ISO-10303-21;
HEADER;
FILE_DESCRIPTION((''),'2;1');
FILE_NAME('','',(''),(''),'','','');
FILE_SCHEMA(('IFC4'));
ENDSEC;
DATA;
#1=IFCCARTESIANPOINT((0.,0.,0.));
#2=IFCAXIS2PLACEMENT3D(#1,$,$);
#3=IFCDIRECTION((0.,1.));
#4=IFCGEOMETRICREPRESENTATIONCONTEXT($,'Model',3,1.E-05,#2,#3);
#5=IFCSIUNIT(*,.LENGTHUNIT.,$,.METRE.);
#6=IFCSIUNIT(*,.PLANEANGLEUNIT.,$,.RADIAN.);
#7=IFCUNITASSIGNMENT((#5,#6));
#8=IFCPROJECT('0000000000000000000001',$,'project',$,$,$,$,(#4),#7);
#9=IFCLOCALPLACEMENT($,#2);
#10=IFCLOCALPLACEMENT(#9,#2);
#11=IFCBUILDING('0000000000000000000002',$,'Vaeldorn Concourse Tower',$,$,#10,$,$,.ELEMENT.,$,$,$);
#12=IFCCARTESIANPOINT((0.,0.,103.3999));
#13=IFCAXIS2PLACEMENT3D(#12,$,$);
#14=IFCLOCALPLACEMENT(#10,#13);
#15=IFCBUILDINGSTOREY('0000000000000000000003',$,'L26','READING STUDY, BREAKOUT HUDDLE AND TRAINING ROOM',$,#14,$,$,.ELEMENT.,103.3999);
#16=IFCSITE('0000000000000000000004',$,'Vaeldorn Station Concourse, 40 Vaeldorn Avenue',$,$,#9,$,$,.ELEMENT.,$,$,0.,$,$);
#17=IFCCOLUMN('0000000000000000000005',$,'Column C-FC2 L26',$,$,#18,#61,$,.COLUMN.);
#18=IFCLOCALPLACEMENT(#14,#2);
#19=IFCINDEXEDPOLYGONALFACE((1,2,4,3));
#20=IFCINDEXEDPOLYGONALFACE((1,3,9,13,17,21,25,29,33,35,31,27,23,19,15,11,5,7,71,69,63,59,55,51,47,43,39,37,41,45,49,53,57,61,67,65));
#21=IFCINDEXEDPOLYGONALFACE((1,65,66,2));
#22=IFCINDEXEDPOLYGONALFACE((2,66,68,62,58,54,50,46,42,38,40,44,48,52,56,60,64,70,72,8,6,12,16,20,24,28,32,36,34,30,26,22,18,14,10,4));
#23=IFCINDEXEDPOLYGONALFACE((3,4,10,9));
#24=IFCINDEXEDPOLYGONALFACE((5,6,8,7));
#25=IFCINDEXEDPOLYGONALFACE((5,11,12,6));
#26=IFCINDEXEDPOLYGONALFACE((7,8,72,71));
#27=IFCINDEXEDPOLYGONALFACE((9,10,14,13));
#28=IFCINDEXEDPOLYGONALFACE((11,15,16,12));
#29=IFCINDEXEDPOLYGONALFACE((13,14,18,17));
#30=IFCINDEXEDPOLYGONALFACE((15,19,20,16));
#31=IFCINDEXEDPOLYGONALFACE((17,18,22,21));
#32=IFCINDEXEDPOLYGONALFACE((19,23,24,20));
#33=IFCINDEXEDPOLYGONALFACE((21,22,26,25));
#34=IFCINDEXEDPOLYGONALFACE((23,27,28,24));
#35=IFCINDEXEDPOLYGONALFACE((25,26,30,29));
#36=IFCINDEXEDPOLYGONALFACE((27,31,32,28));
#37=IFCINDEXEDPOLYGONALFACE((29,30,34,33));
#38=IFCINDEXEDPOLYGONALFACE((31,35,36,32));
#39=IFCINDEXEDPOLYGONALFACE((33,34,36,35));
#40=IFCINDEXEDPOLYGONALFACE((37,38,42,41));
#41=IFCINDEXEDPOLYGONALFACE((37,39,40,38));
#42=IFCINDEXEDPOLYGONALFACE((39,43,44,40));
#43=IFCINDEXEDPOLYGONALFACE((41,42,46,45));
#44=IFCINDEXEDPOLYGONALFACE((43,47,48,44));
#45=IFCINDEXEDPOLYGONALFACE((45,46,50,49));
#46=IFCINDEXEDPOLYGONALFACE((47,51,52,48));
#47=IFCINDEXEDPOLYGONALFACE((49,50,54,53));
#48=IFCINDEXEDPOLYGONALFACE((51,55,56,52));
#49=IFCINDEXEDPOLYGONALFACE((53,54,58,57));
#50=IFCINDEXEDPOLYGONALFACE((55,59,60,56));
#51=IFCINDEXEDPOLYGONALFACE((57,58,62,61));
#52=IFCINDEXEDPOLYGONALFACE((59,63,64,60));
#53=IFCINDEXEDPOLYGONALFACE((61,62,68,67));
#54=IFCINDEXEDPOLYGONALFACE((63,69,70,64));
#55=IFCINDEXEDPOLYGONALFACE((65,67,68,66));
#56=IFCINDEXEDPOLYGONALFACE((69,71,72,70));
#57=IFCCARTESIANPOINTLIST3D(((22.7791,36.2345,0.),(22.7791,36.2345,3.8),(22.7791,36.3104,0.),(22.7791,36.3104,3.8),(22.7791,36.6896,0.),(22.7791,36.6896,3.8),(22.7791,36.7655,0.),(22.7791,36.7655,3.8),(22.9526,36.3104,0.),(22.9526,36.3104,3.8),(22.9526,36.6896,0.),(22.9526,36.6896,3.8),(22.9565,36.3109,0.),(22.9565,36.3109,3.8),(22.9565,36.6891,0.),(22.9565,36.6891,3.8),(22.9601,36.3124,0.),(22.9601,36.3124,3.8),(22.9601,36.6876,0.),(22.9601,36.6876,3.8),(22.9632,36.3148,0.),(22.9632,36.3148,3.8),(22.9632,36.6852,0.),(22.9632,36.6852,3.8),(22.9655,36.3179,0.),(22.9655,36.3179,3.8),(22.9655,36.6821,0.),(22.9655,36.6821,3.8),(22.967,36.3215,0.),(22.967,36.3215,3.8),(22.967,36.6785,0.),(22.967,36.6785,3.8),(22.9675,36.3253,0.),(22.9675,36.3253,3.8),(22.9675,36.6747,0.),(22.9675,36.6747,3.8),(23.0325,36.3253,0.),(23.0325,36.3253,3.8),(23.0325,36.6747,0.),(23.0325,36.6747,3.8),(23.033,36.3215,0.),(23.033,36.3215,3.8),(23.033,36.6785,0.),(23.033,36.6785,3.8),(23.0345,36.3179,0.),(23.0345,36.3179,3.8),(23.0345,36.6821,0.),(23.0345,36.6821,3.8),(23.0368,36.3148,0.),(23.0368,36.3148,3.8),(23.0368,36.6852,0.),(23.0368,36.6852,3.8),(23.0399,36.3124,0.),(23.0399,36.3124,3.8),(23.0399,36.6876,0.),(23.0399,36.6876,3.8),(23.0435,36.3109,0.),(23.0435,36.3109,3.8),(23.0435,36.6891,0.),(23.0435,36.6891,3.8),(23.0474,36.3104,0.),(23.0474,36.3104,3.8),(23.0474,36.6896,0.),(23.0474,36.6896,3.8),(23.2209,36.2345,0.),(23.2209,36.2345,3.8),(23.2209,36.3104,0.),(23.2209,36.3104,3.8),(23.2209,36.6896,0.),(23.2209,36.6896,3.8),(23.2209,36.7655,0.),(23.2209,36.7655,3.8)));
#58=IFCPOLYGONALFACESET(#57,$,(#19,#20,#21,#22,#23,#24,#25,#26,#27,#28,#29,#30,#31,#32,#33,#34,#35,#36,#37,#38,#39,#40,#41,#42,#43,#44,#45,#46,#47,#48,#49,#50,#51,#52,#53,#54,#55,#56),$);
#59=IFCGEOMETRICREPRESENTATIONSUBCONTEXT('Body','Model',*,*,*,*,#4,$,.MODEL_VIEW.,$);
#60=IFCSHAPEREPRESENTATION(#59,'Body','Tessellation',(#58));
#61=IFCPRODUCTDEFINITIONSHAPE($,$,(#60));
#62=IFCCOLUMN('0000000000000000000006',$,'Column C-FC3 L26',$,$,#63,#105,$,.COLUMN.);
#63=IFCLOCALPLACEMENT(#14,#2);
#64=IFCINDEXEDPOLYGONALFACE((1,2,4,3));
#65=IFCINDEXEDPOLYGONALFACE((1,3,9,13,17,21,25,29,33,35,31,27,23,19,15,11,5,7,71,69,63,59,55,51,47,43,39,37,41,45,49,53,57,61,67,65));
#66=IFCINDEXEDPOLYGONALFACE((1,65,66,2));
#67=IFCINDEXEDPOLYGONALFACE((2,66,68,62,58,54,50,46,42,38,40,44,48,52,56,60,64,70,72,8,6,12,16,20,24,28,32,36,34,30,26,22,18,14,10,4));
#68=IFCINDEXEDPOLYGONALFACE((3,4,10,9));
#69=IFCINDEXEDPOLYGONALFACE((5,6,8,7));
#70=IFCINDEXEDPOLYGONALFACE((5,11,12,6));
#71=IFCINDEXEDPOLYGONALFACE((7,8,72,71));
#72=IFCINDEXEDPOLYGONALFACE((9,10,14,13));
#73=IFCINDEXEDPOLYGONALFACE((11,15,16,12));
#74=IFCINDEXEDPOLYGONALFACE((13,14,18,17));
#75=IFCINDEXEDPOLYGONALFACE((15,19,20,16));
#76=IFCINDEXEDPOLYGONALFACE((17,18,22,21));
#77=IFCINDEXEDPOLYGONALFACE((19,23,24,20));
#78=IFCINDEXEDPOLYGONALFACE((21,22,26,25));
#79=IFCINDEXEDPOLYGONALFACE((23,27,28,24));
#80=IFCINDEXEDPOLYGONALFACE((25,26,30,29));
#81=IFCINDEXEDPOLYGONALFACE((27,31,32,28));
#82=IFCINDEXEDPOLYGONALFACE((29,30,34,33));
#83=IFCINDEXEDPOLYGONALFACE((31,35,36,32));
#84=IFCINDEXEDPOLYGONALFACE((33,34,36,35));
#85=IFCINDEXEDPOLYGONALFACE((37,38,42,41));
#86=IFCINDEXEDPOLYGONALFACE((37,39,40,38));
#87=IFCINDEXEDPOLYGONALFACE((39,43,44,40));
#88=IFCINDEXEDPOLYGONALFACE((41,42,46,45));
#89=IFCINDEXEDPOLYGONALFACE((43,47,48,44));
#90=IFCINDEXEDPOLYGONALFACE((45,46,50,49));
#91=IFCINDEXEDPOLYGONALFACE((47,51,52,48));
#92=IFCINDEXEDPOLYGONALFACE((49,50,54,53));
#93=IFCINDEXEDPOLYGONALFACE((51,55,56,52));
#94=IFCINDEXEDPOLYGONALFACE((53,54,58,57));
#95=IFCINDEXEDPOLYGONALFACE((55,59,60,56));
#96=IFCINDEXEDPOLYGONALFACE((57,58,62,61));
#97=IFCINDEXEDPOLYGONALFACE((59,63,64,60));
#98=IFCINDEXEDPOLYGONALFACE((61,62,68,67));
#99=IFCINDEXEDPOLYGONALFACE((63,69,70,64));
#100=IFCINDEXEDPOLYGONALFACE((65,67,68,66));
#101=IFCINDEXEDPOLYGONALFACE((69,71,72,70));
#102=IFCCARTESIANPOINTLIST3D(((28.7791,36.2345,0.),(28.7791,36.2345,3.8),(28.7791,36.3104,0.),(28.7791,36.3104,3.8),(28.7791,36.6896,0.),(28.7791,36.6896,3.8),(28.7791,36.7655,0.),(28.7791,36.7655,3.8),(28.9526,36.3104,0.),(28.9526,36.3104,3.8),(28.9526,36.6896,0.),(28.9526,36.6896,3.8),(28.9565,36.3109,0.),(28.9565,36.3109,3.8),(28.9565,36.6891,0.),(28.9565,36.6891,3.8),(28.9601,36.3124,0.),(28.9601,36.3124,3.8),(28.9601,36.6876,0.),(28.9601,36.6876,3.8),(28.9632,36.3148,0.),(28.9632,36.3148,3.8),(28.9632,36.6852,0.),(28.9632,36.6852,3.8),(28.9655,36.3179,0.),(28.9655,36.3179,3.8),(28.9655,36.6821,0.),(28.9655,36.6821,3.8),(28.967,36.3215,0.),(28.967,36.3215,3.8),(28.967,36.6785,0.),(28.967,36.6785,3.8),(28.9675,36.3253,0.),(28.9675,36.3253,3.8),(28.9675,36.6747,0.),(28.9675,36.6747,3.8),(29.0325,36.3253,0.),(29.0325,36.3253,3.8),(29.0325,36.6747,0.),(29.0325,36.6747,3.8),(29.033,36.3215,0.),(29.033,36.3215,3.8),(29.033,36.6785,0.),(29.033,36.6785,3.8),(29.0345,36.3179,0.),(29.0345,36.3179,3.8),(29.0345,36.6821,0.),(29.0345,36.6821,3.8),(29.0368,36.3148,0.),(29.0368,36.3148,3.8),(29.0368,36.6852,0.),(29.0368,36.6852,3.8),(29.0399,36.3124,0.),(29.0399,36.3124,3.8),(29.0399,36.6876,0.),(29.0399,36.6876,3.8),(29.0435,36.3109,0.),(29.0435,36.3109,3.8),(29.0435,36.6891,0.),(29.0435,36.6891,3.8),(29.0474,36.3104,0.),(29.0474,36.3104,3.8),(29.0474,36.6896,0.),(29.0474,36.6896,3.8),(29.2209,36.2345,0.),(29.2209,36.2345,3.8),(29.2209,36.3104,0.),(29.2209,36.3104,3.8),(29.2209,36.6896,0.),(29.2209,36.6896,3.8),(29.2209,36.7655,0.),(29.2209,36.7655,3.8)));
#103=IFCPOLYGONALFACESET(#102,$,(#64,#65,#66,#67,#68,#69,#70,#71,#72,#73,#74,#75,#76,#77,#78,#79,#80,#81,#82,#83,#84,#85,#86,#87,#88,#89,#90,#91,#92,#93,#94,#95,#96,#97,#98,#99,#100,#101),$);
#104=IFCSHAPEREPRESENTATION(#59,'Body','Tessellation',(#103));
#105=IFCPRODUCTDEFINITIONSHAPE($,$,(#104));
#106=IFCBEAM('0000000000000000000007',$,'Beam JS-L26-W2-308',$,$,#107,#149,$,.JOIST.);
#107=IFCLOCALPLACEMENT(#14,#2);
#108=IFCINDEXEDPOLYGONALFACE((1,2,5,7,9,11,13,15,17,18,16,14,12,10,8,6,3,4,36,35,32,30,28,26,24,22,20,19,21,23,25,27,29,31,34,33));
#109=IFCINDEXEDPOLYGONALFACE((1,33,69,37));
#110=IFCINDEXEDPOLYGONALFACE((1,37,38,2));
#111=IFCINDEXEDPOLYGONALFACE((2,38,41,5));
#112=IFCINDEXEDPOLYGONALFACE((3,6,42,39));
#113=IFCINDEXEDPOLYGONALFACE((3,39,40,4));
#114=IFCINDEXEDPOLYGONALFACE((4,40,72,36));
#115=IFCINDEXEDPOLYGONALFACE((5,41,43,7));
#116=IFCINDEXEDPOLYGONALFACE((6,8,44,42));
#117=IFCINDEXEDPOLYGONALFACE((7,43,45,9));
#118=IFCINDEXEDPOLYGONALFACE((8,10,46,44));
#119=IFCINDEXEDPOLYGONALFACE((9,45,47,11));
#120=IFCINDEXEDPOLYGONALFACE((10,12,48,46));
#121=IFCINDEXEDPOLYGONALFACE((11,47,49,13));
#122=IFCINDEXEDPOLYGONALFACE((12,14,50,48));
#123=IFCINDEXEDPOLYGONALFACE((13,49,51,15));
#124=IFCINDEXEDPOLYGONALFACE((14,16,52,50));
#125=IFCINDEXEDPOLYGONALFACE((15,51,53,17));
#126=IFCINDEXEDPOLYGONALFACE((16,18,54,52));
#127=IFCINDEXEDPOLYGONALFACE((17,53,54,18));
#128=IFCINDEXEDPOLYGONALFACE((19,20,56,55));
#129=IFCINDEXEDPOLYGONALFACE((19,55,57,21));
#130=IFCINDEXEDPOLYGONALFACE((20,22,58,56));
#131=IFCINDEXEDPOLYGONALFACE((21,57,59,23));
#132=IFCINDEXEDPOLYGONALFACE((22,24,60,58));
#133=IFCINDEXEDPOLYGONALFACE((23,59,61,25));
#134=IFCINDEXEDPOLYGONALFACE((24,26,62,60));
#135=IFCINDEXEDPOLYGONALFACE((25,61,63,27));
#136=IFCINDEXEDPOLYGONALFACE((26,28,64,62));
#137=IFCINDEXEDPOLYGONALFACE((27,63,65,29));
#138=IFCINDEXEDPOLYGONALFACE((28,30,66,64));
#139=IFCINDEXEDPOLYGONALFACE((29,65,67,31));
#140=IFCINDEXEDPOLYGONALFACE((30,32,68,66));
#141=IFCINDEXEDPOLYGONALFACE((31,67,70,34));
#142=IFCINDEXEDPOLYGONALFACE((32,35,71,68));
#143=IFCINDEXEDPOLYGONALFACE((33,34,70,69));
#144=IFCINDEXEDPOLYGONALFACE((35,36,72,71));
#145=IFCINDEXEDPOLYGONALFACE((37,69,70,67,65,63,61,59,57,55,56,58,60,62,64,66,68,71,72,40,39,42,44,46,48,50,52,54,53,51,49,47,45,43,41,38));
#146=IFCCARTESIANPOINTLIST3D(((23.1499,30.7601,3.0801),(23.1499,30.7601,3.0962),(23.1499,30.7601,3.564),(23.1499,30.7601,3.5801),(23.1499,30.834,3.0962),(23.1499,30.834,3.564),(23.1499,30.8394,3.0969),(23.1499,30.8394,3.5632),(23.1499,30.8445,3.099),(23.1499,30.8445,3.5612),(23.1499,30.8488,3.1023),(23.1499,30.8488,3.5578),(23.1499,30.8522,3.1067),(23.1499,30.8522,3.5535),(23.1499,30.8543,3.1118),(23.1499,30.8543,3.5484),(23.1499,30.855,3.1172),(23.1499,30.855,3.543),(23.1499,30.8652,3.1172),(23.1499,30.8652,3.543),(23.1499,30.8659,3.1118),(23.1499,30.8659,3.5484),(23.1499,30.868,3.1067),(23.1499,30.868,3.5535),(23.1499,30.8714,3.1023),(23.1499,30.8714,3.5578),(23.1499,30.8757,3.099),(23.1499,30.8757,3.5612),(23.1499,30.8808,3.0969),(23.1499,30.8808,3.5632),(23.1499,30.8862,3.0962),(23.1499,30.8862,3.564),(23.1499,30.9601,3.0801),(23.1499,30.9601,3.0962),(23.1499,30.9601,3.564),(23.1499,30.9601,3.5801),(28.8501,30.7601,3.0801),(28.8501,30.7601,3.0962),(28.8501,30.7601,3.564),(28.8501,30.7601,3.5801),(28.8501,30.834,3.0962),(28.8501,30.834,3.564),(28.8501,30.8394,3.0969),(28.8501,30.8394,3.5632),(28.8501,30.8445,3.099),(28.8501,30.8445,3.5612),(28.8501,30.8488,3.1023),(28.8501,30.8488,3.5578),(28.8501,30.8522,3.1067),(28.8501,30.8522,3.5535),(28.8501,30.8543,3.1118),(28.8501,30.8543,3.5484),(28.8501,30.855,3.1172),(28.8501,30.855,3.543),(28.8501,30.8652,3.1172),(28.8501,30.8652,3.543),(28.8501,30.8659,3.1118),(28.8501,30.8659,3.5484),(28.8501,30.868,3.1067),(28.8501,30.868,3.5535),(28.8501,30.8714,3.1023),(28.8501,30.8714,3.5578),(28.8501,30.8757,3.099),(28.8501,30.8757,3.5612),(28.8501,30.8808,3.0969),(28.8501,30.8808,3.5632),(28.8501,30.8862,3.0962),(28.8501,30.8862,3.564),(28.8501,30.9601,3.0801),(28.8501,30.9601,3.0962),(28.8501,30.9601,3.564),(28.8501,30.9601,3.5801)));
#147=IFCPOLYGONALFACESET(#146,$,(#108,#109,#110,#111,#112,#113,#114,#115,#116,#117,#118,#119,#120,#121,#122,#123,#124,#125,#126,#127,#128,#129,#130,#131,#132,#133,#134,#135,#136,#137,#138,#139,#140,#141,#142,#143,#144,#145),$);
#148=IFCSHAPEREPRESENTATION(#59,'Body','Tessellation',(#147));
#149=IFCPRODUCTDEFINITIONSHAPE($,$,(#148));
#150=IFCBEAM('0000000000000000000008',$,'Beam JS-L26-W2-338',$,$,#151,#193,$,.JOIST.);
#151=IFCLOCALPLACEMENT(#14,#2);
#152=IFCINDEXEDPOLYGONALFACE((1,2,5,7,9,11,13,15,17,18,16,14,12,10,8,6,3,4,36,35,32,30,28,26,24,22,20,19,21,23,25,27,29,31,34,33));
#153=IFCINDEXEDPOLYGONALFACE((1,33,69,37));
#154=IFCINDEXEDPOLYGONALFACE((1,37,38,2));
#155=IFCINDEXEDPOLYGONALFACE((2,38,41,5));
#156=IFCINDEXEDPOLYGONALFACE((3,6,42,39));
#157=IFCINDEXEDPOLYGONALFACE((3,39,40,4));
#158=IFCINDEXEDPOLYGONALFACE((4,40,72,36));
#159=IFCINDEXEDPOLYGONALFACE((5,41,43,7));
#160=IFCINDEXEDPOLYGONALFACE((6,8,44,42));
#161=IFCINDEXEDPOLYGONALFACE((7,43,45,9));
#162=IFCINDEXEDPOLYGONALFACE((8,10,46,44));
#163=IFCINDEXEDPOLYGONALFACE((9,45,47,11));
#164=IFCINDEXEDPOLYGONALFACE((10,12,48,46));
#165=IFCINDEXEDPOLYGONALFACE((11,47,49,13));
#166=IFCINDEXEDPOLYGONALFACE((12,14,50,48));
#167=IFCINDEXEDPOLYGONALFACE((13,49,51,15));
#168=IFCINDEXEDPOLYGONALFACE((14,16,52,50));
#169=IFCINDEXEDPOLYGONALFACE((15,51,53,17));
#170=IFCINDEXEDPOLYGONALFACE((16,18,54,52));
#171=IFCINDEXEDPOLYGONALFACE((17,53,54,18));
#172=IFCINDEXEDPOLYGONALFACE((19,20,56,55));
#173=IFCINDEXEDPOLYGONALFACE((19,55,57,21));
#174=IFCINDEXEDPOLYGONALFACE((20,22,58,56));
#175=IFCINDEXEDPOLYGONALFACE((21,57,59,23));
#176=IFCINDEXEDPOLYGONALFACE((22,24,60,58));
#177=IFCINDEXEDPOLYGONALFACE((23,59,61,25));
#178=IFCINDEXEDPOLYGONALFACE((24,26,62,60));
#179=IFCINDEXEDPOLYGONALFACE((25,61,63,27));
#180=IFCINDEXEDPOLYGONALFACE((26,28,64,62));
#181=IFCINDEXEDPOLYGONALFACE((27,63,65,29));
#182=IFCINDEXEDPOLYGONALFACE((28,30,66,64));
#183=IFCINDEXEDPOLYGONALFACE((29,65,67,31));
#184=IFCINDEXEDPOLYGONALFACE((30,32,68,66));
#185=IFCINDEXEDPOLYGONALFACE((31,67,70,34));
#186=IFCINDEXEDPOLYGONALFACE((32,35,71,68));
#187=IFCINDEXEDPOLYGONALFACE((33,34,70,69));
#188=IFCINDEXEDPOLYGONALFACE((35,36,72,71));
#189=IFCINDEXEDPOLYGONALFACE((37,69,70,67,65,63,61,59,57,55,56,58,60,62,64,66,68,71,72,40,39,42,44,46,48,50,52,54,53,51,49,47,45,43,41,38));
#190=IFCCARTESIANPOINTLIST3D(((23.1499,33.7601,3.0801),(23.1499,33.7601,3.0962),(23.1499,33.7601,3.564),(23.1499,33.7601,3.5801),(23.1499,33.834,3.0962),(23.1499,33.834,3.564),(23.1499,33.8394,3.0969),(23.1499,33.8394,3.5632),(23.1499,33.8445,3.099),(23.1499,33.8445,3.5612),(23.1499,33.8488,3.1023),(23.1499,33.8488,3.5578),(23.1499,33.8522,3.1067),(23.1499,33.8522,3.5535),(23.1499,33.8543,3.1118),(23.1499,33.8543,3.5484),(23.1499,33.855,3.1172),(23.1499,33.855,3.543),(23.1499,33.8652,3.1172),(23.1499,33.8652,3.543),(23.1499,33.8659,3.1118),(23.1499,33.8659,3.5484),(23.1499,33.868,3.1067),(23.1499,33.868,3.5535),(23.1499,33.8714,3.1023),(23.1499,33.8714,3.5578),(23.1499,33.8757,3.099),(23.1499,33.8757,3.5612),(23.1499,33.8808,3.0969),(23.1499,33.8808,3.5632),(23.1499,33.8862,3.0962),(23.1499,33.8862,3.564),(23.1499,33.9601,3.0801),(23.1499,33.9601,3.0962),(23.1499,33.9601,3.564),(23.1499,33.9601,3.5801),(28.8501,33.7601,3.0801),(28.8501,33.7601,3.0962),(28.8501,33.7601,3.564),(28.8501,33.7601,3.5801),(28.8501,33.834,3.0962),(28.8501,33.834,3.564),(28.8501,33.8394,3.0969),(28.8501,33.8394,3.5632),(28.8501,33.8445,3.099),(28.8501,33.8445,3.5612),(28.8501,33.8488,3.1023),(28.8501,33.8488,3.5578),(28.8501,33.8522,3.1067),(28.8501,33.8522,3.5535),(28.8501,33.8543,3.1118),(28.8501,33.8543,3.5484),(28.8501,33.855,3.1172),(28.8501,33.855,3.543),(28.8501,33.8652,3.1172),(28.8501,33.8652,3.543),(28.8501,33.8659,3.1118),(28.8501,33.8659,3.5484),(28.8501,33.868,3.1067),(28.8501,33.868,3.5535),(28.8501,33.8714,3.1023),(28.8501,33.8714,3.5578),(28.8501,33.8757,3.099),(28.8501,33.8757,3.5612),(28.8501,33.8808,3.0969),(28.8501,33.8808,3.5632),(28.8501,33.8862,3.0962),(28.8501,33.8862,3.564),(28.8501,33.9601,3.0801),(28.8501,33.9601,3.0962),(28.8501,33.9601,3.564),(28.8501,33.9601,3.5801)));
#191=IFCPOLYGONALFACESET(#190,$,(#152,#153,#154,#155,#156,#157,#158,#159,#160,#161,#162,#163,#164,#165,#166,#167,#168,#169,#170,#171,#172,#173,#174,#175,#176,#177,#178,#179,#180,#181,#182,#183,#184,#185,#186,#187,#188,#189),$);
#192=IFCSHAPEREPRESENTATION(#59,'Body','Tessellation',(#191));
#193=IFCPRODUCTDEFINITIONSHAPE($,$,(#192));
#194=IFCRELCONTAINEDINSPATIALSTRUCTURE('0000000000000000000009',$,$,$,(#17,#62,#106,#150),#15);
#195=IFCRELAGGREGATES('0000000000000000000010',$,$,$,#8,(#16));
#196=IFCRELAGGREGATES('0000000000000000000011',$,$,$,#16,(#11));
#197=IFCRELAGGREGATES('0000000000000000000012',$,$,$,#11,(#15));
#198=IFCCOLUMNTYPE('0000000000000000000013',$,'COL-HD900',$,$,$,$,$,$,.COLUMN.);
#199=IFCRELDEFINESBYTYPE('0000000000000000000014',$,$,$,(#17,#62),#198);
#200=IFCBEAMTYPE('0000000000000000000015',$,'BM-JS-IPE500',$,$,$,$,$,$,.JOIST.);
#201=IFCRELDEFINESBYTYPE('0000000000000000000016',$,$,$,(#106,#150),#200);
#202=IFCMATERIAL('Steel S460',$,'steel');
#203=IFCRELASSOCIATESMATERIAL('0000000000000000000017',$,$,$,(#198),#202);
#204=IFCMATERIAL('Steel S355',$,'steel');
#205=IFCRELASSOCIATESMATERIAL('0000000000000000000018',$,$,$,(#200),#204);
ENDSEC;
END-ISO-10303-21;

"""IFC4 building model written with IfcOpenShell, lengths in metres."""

from ifc_helpers import new_model, si_unit, direction, frame, origin, origin_2d, place, context, subcontext, project, spatial, i_section, extrude, source, transform, mapped, material, material_profile, profile_set, type_object, element, save


model = new_model("IFC4")

# Units and contexts
model_context = context("Model", 3, precision=1e-05, world=origin(), true_north=direction((0.0, 1.0)))
body_context = subcontext(model_context, "Body", "Model", "MODEL_VIEW")
ifc_project = project(units=[si_unit("LENGTHUNIT", "METRE"), si_unit("PLANEANGLEUNIT", "RADIAN")], contexts=[model_context])

# Site, building, storey
site_placement = place(None, origin())
site = spatial("IfcSite", under=ifc_project, at=site_placement, Name="Vaeldorn Station Concourse, 40 Vaeldorn Avenue", CompositionType="ELEMENT", RefElevation=0.0)
building_placement = place(site_placement, origin())
building = spatial("IfcBuilding", under=site, at=building_placement, Name="Vaeldorn Concourse Tower", CompositionType="ELEMENT")
storey_placement = place(building_placement, frame((0.0, 0.0, 103.3999)))
storey = spatial("IfcBuildingStorey", under=building, at=storey_placement, Name="L26", Description="READING STUDY, BREAKOUT HUDDLE AND TRAINING ROOM", CompositionType="ELEMENT", Elevation=103.3999)

# Columns
ifc_material_1 = material(Name="Steel S460", Category="steel")
ifc_material_profile_1 = material_profile(ifc_material_1, i_section(OverallWidth=0.4419, OverallDepth=0.531, WebThickness=0.0649, FlangeThickness=0.0759, FilletRadius=0.0149, at=origin_2d()), Name="HD 400x900")
ifc_profile_set_1 = profile_set([ifc_material_profile_1], Name="Steel S460")
column_type = type_object("IfcColumnType", Name="COL-HD900", PredefinedType="COLUMN", material=ifc_profile_set_1)
shared_shape_1 = source(origin(), body_context, "Body", "SweptSolid", [
    extrude(i_section(OverallWidth=0.4419, OverallDepth=0.531, WebThickness=0.0649, FlangeThickness=0.0759, FilletRadius=0.0149, at=origin_2d()), origin(), (0.0, 0.0, 1.0), 3.8),
])
for number, where, z_axis, x_axis, name in (
    (1, (23.0, 36.5, 0.0), (0.0, 0.0, 1.0), (1.0, 0.0, 0.0), "Column C-FC2 L26"),
    (2, (29.0, 36.5, 0.0), (0.0, 0.0, 1.0), (1.0, 0.0, 0.0), "Column C-FC3 L26"),
):
    element("IfcColumn", number, at=place(storey_placement, frame(where, z_axis=z_axis, x_axis=x_axis)), inside=storey, type_object=column_type, Name=name, PredefinedType="COLUMN", context=body_context, shape_type="MappedRepresentation", body=[
        mapped(shared_shape_1, transform((0.0, 0.0, 0.0), scale=1.0)),
    ])

# Beams
ifc_material_2 = material(Name="Steel S355", Category="steel")
ifc_material_profile_2 = material_profile(ifc_material_2, i_section(OverallWidth=0.2, OverallDepth=0.5, WebThickness=0.0103, FlangeThickness=0.0161, FilletRadius=0.021, at=origin_2d()), Name="IPE 500")
ifc_profile_set_2 = profile_set([ifc_material_profile_2], Name="Steel S355")
beam_type_1 = type_object("IfcBeamType", Name="BM-JS-IPE500", PredefinedType="JOIST", material=ifc_profile_set_2)
shared_shape_2 = source(origin(), body_context, "Body", "SweptSolid", [
    extrude(i_section(OverallWidth=0.2, OverallDepth=0.5, WebThickness=0.0103, FlangeThickness=0.0161, FilletRadius=0.021, at=origin_2d()), origin(), (0.0, 0.0, 1.0), 5.7002),
])
for number, where, z_axis, x_axis, name in (
    (3, (23.1499, 30.8601, 3.3301), (1.0, 0.0, 0.0), (0.0, 1.0, 0.0), "Beam JS-L26-W2-308"),
    (4, (23.1499, 33.8601, 3.3301), (1.0, 0.0, 0.0), (0.0, 1.0, 0.0), "Beam JS-L26-W2-338"),
):
    element("IfcBeam", number, at=place(storey_placement, frame(where, z_axis=z_axis, x_axis=x_axis)), inside=storey, type_object=beam_type_1, Name=name, PredefinedType="JOIST", context=body_context, shape_type="MappedRepresentation", body=[
        mapped(shared_shape_2, transform((0.0, 0.0, 0.0), scale=1.0)),
    ])

save(model, "model.ifc")
